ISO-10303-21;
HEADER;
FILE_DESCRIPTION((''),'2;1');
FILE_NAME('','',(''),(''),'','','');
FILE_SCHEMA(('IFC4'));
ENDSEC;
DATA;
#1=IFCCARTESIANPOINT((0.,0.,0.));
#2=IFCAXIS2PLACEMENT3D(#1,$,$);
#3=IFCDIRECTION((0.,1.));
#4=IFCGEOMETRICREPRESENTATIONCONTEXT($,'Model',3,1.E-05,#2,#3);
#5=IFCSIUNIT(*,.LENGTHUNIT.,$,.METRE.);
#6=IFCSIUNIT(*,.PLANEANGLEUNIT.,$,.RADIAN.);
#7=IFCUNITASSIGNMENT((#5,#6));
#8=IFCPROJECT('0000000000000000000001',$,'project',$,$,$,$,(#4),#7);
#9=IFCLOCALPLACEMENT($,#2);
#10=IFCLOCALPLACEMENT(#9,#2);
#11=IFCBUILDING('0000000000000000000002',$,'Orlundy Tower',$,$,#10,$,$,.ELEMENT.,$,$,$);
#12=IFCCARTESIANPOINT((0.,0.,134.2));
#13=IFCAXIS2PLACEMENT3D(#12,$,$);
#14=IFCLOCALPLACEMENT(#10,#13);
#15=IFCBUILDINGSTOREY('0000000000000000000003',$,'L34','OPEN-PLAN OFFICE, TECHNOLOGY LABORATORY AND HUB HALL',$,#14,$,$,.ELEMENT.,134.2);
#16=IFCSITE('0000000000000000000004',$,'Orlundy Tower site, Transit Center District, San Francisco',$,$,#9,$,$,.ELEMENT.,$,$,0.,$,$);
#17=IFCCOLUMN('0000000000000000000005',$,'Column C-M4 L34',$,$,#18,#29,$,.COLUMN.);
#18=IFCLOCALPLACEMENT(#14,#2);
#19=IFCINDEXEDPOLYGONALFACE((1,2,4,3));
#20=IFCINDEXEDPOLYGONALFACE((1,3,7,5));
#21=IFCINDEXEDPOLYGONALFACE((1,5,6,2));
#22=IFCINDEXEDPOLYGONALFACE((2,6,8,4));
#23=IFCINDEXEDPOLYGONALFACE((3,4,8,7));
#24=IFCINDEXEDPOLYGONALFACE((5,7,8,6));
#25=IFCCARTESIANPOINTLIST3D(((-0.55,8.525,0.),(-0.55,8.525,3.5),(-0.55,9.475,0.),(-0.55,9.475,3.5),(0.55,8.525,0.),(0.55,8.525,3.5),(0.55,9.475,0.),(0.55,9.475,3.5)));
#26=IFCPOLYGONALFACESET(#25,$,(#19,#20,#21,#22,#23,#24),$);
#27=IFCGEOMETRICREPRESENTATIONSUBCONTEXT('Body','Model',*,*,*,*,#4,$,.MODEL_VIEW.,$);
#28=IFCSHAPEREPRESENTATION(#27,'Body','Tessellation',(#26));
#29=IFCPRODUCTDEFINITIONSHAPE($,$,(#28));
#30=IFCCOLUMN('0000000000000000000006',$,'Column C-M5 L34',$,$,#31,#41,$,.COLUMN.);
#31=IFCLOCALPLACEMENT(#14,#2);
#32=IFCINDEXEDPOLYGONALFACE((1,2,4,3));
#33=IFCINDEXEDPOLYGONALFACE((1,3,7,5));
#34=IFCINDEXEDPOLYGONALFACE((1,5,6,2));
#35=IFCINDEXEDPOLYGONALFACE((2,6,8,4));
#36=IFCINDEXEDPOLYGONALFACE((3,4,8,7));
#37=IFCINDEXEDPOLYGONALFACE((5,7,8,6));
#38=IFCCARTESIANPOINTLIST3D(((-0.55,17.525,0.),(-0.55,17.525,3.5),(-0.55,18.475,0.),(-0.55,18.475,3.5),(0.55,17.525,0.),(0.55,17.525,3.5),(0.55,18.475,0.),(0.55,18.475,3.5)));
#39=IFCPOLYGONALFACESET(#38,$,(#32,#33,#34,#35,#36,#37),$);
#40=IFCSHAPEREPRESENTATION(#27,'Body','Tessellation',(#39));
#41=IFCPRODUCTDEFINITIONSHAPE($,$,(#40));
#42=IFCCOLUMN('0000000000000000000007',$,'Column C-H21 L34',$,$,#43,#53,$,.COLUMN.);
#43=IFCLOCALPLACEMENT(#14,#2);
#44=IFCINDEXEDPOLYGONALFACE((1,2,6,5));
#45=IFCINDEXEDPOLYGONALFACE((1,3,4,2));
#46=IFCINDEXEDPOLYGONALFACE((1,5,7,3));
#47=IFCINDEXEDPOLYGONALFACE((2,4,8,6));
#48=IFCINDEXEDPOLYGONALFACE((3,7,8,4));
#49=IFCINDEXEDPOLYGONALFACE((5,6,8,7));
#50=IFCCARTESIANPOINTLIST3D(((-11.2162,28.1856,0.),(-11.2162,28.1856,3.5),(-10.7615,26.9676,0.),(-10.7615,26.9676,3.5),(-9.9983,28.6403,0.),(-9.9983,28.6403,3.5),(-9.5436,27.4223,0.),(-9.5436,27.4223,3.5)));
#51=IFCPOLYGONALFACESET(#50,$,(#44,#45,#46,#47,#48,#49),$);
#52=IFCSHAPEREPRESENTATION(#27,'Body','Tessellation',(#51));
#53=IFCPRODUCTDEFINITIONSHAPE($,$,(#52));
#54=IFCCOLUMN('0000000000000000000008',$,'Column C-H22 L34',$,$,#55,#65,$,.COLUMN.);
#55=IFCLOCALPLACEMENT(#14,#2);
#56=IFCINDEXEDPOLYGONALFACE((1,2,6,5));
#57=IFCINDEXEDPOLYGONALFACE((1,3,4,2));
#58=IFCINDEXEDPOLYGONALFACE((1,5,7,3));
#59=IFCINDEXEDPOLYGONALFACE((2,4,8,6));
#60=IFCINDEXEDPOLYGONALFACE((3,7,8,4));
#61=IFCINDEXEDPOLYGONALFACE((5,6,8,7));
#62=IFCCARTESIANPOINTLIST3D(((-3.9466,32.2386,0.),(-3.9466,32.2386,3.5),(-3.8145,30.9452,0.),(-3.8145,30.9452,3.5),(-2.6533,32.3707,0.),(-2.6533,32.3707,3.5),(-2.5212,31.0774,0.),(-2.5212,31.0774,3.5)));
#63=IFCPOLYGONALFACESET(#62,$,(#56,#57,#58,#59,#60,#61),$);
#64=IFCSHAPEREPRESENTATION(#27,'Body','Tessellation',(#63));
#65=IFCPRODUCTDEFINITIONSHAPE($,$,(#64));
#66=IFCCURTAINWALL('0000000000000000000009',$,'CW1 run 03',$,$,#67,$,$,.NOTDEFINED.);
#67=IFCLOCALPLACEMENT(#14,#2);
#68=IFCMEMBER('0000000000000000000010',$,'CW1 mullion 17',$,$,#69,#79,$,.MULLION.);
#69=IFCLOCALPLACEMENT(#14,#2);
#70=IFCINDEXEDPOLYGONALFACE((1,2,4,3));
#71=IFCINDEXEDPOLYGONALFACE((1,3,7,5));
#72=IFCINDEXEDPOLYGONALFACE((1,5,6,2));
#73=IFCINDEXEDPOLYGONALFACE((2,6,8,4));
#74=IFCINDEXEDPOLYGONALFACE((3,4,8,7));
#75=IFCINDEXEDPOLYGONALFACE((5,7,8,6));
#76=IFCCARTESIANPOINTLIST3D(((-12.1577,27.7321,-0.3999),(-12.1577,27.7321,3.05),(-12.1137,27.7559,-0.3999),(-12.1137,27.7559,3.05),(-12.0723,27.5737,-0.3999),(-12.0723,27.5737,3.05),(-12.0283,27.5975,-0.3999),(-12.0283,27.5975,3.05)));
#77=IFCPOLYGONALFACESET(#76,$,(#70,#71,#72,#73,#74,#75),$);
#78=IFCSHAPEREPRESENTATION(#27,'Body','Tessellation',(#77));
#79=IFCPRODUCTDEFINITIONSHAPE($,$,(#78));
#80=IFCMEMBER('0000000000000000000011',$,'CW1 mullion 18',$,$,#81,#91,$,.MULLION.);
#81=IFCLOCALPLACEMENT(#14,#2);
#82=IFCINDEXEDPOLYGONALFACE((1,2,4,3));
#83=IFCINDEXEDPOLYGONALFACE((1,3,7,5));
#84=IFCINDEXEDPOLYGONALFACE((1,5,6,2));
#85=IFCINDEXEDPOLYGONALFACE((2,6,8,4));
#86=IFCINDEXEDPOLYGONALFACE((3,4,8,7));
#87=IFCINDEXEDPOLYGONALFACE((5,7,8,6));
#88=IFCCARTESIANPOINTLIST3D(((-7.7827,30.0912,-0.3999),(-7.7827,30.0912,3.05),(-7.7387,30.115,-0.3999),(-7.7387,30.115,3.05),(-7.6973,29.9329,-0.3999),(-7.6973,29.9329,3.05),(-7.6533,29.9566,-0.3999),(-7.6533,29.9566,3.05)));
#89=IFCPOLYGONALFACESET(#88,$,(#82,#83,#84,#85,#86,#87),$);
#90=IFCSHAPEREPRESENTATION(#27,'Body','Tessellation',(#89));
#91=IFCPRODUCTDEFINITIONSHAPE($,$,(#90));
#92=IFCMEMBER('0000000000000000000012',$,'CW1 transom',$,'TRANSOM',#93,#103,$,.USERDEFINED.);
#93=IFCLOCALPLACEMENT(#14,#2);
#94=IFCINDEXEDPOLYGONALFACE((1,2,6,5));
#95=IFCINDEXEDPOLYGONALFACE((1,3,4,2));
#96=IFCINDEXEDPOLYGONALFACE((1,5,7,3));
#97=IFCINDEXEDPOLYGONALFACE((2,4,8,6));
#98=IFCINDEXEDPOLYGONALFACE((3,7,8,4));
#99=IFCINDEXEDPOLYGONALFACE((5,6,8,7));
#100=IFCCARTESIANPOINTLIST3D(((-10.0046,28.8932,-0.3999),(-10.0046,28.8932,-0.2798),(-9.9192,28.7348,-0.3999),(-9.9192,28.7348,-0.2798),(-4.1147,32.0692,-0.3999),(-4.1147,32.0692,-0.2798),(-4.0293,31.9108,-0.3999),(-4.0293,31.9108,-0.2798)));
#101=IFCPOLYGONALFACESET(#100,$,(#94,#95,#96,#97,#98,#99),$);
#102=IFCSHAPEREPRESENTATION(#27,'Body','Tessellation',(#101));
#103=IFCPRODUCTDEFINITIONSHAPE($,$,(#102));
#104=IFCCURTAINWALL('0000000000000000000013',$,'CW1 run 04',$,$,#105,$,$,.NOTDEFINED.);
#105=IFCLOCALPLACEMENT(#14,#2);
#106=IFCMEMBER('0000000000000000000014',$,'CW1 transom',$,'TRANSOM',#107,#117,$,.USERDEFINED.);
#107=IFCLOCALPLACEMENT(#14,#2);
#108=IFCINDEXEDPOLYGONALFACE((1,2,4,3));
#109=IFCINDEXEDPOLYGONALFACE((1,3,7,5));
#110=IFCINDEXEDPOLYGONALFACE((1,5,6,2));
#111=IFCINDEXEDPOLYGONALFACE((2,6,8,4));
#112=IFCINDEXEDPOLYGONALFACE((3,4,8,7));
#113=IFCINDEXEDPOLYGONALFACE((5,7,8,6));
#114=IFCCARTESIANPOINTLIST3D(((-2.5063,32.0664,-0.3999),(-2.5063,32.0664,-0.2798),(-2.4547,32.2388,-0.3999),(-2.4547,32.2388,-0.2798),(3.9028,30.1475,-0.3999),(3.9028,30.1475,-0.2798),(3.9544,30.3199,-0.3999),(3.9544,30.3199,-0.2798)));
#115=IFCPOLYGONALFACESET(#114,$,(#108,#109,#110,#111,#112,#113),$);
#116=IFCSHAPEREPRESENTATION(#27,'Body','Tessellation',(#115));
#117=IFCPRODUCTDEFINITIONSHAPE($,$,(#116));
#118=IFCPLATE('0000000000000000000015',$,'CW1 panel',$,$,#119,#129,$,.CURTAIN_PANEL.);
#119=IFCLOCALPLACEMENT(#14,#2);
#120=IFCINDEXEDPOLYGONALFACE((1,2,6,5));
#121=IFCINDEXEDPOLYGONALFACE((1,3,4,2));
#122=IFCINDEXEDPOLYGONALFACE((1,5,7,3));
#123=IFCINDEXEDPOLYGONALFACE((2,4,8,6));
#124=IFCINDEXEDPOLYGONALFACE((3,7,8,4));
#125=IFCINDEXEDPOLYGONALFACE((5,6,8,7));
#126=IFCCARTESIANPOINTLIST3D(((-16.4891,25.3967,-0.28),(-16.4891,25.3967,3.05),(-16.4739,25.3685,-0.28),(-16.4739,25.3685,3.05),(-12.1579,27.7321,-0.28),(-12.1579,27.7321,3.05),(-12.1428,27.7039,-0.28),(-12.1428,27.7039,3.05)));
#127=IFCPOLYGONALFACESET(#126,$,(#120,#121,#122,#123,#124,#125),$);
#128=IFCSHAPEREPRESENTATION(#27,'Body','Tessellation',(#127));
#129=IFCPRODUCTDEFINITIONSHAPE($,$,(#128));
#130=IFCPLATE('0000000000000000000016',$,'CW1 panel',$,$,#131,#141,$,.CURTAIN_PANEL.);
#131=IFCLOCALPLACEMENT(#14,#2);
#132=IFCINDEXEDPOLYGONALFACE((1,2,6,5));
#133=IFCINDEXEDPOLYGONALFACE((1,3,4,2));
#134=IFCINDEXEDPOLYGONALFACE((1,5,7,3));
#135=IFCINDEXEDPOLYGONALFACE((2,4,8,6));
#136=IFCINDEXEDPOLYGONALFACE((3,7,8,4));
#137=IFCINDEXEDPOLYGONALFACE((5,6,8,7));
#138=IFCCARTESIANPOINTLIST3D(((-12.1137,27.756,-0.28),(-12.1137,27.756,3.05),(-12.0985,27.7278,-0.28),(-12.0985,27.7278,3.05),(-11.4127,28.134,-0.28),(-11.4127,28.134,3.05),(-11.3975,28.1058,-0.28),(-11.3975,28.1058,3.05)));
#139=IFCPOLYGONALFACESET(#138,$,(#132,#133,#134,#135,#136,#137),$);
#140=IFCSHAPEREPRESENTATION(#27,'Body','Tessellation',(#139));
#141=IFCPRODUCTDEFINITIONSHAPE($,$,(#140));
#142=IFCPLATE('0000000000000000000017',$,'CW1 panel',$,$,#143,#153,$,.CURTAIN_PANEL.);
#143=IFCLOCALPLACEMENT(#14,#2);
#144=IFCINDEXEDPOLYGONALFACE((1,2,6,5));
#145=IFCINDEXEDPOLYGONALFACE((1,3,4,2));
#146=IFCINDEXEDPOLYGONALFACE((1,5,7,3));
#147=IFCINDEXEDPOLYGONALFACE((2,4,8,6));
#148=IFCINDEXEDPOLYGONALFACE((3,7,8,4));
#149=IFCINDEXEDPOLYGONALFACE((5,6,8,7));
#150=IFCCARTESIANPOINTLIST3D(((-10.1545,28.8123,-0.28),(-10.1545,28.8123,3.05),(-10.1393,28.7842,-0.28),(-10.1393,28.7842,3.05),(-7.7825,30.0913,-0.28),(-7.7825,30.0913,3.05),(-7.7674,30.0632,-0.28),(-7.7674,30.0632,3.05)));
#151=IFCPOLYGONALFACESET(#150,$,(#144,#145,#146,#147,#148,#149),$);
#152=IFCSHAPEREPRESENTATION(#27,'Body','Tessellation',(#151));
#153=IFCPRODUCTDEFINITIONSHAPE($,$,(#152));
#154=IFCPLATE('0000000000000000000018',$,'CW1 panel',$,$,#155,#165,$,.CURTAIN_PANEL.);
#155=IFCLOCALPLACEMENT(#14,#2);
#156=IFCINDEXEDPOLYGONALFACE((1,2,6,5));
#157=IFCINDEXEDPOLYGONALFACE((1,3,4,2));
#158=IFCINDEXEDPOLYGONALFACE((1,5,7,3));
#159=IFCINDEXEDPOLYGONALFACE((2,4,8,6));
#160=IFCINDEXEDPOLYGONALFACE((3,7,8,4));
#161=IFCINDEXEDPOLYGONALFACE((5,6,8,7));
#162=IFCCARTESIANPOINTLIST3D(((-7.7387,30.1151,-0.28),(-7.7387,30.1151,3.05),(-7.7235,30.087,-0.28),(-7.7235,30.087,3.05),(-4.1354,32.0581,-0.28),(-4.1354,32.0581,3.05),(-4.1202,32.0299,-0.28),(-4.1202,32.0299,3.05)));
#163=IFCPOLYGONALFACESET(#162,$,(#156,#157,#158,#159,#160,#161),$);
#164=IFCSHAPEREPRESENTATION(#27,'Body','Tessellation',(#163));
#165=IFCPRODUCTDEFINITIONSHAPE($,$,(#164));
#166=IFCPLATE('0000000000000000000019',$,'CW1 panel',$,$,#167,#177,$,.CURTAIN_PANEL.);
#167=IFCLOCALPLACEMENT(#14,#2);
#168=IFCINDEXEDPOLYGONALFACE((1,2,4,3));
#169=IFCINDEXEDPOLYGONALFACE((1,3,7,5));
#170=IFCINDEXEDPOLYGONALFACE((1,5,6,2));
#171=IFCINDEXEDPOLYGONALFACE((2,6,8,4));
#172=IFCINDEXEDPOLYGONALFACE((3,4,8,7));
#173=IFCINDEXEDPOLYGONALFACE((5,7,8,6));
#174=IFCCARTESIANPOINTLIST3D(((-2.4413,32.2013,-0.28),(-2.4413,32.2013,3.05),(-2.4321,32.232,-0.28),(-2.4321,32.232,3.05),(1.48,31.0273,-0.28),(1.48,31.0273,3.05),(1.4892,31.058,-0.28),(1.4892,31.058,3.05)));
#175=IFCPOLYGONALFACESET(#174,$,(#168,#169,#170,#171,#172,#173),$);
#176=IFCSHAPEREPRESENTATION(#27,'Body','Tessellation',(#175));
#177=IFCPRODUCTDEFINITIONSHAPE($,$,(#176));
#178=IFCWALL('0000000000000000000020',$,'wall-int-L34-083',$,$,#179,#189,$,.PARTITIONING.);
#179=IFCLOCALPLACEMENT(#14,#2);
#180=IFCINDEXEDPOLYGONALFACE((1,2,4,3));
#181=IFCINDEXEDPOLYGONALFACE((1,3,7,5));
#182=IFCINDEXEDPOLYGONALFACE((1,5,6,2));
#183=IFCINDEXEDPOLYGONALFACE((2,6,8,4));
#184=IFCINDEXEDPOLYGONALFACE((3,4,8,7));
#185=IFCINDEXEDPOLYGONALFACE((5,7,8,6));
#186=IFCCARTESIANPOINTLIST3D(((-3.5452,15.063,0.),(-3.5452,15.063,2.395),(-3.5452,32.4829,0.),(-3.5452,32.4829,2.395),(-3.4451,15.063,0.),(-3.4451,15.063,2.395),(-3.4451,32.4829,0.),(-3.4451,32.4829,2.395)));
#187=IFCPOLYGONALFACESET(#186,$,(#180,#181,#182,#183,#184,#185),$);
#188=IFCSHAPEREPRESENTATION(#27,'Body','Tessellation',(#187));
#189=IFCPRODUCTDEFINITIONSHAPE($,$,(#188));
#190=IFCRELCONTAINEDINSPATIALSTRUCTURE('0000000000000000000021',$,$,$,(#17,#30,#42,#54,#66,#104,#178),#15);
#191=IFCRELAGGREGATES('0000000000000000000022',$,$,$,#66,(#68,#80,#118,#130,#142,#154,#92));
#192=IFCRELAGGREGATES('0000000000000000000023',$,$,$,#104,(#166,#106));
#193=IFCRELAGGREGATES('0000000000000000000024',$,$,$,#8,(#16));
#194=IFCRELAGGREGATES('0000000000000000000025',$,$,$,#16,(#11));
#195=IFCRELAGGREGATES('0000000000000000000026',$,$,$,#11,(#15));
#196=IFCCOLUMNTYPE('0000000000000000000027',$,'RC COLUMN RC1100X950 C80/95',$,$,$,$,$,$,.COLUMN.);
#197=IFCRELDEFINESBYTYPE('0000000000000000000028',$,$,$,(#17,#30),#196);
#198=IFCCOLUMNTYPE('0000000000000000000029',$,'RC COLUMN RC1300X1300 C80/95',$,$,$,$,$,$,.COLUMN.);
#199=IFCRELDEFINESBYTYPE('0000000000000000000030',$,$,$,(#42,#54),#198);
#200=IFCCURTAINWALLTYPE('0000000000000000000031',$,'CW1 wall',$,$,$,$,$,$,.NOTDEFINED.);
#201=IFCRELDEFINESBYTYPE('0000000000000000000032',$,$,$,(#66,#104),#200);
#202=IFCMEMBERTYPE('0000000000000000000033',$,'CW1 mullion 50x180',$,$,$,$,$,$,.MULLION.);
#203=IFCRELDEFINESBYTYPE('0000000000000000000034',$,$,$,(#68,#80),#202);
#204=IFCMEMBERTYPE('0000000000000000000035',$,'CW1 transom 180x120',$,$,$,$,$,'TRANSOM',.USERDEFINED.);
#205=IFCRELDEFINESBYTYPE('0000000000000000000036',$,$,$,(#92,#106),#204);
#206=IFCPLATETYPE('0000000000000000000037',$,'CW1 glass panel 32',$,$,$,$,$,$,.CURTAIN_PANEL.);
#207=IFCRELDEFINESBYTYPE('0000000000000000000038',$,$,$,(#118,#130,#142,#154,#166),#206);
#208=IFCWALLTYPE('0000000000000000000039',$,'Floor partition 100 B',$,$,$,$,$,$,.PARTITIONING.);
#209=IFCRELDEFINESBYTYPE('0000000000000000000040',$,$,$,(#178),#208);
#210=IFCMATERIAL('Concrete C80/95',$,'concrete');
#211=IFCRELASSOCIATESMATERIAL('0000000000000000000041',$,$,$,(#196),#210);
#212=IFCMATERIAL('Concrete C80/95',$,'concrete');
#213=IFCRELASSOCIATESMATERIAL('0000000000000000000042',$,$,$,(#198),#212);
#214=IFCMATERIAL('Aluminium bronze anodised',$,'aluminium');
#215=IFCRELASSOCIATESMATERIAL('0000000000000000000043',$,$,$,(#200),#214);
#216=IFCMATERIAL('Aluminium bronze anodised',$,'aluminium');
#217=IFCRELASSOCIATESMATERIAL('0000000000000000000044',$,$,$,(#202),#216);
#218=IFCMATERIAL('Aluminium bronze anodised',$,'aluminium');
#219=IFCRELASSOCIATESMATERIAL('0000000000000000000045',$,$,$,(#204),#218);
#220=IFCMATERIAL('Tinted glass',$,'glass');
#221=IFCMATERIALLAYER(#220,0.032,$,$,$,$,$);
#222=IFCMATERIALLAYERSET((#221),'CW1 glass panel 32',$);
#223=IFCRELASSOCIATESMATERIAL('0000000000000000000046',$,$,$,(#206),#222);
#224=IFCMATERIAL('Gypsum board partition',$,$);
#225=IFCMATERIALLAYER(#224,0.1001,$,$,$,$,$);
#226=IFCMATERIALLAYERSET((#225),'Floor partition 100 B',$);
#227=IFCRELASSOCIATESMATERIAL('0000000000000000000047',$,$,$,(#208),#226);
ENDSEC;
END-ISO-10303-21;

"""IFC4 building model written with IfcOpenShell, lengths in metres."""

from ifc_helpers import new_model, si_unit, direction, frame, frame_2d, origin, origin_2d, place, context, subcontext, project, spatial, rectangle, extrude, material, layer, layer_set, material_profile, profile_set, type_object, element, aggregate, save


model = new_model("IFC4")

# Units and contexts
model_context = context("Model", 3, precision=1e-05, world=origin(), true_north=direction((0.0, 1.0)))
body_context = subcontext(model_context, "Body", "Model", "MODEL_VIEW")
ifc_project = project(units=[si_unit("LENGTHUNIT", "METRE"), si_unit("PLANEANGLEUNIT", "RADIAN")], contexts=[model_context])

# Site, building, storey
site_placement = place(None, origin())
site = spatial("IfcSite", under=ifc_project, at=site_placement, Name="Orlundy Tower site, Transit Center District, San Francisco", CompositionType="ELEMENT", RefElevation=0.0)
building_placement = place(site_placement, origin())
building = spatial("IfcBuilding", under=site, at=building_placement, Name="Orlundy Tower", CompositionType="ELEMENT")
storey_placement = place(building_placement, frame((0.0, 0.0, 134.2)))
storey = spatial("IfcBuildingStorey", under=building, at=storey_placement, Name="L34", Description="OPEN-PLAN OFFICE, TECHNOLOGY LABORATORY AND HUB HALL", CompositionType="ELEMENT", Elevation=134.2)

# Columns
ifc_material_1 = material(Name="Concrete C80/95", Category="concrete")
ifc_material_profile_1 = material_profile(ifc_material_1, rectangle(XDim=1.1001, YDim=0.95, at=origin_2d()), Name="RC1100X950")
ifc_profile_set_1 = profile_set([ifc_material_profile_1], Name="Concrete C80/95")
column_type_1 = type_object("IfcColumnType", Name="RC COLUMN RC1100X950 C80/95", PredefinedType="COLUMN", material=ifc_profile_set_1)
for number, where, z_axis, x_axis, name in (
    (1, (0.0, 9.0, 0.0), (0.0, 0.0, 1.0), (1.0, 0.0, 0.0), "Column C-M4 L34"),
    (2, (0.0, 18.0, 0.0), (0.0, 0.0, 1.0), (1.0, 0.0, 0.0), "Column C-M5 L34"),
):
    element("IfcColumn", number, at=place(storey_placement, frame(where, z_axis=z_axis, x_axis=x_axis)), inside=storey, type_object=column_type_1, Name=name, PredefinedType="COLUMN", context=body_context, shape_type="SweptSolid", body=[
        extrude(rectangle(XDim=1.1001, YDim=0.95, at=origin_2d()), origin(), (0.0, 0.0, 1.0), 3.5),
    ])
ifc_material_2 = material(Name="Concrete C80/95", Category="concrete")
ifc_material_profile_2 = material_profile(ifc_material_2, rectangle(XDim=1.3, YDim=1.3, at=origin_2d()), Name="RC1300X1300")
ifc_profile_set_2 = profile_set([ifc_material_profile_2], Name="Concrete C80/95")
column_type_2 = type_object("IfcColumnType", Name="RC COLUMN RC1300X1300 C80/95", PredefinedType="COLUMN", material=ifc_profile_set_2)
for number, where, z_axis, x_axis, name in (
    (3, (-10.3799, 27.804, 0.0), (0.0, 0.0, 1.0), (-0.34975, 0.936843, 0.0), "Column C-H21 L34"),
    (4, (-3.2339, 31.658, 0.0), (0.0, 0.0, 1.0), (-0.101629, 0.994822, 0.0), "Column C-H22 L34"),
):
    element("IfcColumn", number, at=place(storey_placement, frame(where, z_axis=z_axis, x_axis=x_axis)), inside=storey, type_object=column_type_2, Name=name, PredefinedType="COLUMN", context=body_context, shape_type="SweptSolid", body=[
        extrude(rectangle(XDim=1.3, YDim=1.3, at=origin_2d()), origin(), (0.0, 0.0, 1.0), 3.5),
    ])

# Curtain wall, members
ifc_material_3 = material(Name="Aluminium bronze anodised", Category="aluminium")
curtain_wall_type = type_object("IfcCurtainWallType", Name="CW1 wall", PredefinedType="NOTDEFINED", material=ifc_material_3)
curtain_wall_1_placement = place(storey_placement, origin())
curtain_wall_1 = element("IfcCurtainWall", 5, at=curtain_wall_1_placement, inside=storey, type_object=curtain_wall_type, Name="CW1 run 03", PredefinedType="NOTDEFINED")
ifc_material_4 = material(Name="Aluminium bronze anodised", Category="aluminium")
ifc_material_profile_3 = material_profile(ifc_material_4, rectangle(XDim=0.1799, YDim=0.05, at=origin_2d()), Name="CW1 mullion 50x180")
ifc_profile_set_3 = profile_set([ifc_material_profile_3], Name="Aluminium bronze anodised")
member_type_1 = type_object("IfcMemberType", Name="CW1 mullion 50x180", PredefinedType="MULLION", material=ifc_profile_set_3)
member_1_placement = place(storey_placement, frame((-12.093, 27.6648, -0.3999), z_axis=(0.0, 0.0, 1.0), x_axis=(-0.474618, 0.880192, 0.0)))
member_1 = element("IfcMember", 6, at=member_1_placement, type_object=member_type_1, Name="CW1 mullion 17", PredefinedType="MULLION", context=body_context, shape_type="SweptSolid", body=[
    extrude(rectangle(XDim=0.1799, YDim=0.05, at=origin_2d()), origin(), (0.0, 0.0, 1.0), 3.45),
])
member_2_placement = place(storey_placement, frame((-7.718, 30.0239, -0.3999), z_axis=(0.0, 0.0, 1.0), x_axis=(-0.474618, 0.880192, 0.0)))
member_2 = element("IfcMember", 7, at=member_2_placement, type_object=member_type_1, Name="CW1 mullion 18", PredefinedType="MULLION", context=body_context, shape_type="SweptSolid", body=[
    extrude(rectangle(XDim=0.1799, YDim=0.05, at=origin_2d()), origin(), (0.0, 0.0, 1.0), 3.45),
])
ifc_material_5 = material(Name="Aluminium bronze anodised", Category="aluminium")
ifc_material_profile_4 = material_profile(ifc_material_5, rectangle(XDim=0.1799, YDim=0.1201, at=origin_2d()), Name="CW1 transom 180x120")
ifc_profile_set_4 = profile_set([ifc_material_profile_4], Name="Aluminium bronze anodised")
member_type_2 = type_object("IfcMemberType", Name="CW1 transom 180x120", ElementType="TRANSOM", PredefinedType="USERDEFINED", material=ifc_profile_set_4)
member_3_placement = place(storey_placement, frame((-9.9619, 28.814, -0.3398), z_axis=(0.880187, 0.474626, 0.0), x_axis=(-0.474626, 0.880187, 0.0)))
member_3 = element("IfcMember", 8, at=member_3_placement, type_object=member_type_2, Name="CW1 transom", ObjectType="TRANSOM", PredefinedType="USERDEFINED", context=body_context, shape_type="SweptSolid", body=[
    extrude(rectangle(XDim=0.1799, YDim=0.1201, at=origin_2d()), origin(), (0.0, 0.0, 1.0), 6.6917),
])

# Curtain wall, member
curtain_wall_2_placement = place(storey_placement, origin())
curtain_wall_2 = element("IfcCurtainWall", 9, at=curtain_wall_2_placement, inside=storey, type_object=curtain_wall_type, Name="CW1 run 04", PredefinedType="NOTDEFINED")
member_4_placement = place(storey_placement, frame((-2.4805, 32.1526, -0.3398), z_axis=(0.957983, -0.286826, 0.0), x_axis=(0.286826, 0.957983, 0.0)))
member_4 = element("IfcMember", 10, at=member_4_placement, type_object=member_type_2, Name="CW1 transom", ObjectType="TRANSOM", PredefinedType="USERDEFINED", context=body_context, shape_type="SweptSolid", body=[
    extrude(rectangle(XDim=0.1799, YDim=0.1201, at=origin_2d()), origin(), (0.0, 0.0, 1.0), 6.6902),
])

# Plates
ifc_material_6 = material(Name="Tinted glass", Category="glass")
ifc_layer_1 = layer(ifc_material_6, 0.032)
ifc_layer_set_1 = layer_set([ifc_layer_1], Name="CW1 glass panel 32")
plate_type = type_object("IfcPlateType", Name="CW1 glass panel 32", PredefinedType="CURTAIN_PANEL", material=ifc_layer_set_1)
plate_1_placement = place(storey_placement, frame((-14.3159, 26.5503, -0.28), z_axis=(0.0, 0.0, 1.0), x_axis=(0.880192, 0.474618, 0.0)))
plate_1 = element("IfcPlate", 11, at=plate_1_placement, type_object=plate_type, Name="CW1 panel", PredefinedType="CURTAIN_PANEL", context=body_context, shape_type="SweptSolid", body=[
    extrude(rectangle(XDim=4.9207, YDim=0.032, at=origin_2d()), origin(), (0.0, 0.0, 1.0), 3.3301),
])
plate_2_placement = place(storey_placement, frame((-11.7556, 27.9309, -0.28), z_axis=(0.0, 0.0, 1.0), x_axis=(0.880192, 0.474618, 0.0)))
plate_2 = element("IfcPlate", 12, at=plate_2_placement, type_object=plate_type, Name="CW1 panel", PredefinedType="CURTAIN_PANEL", context=body_context, shape_type="SweptSolid", body=[
    extrude(rectangle(XDim=0.7964, YDim=0.032, at=origin_2d()), origin(), (0.0, 0.0, 1.0), 3.3301),
])
plate_3_placement = place(storey_placement, frame((-8.9609, 29.4377, -0.28), z_axis=(0.0, 0.0, 1.0), x_axis=(0.880192, 0.474618, 0.0)))
plate_3 = element("IfcPlate", 13, at=plate_3_placement, type_object=plate_type, Name="CW1 panel", PredefinedType="CURTAIN_PANEL", context=body_context, shape_type="SweptSolid", body=[
    extrude(rectangle(XDim=2.6948, YDim=0.032, at=origin_2d()), origin(), (0.0, 0.0, 1.0), 3.3301),
])
plate_4_placement = place(storey_placement, frame((-5.9294, 31.0725, -0.28), z_axis=(0.0, 0.0, 1.0), x_axis=(0.880192, 0.474618, 0.0)))
plate_4 = element("IfcPlate", 14, at=plate_4_placement, type_object=plate_type, Name="CW1 panel", PredefinedType="CURTAIN_PANEL", context=body_context, shape_type="SweptSolid", body=[
    extrude(rectangle(XDim=4.0938, YDim=0.032, at=origin_2d()), origin(), (0.0, 0.0, 1.0), 3.3301),
])
aggregate(curtain_wall_1, [member_1, member_2, plate_1, plate_2, plate_3, plate_4, member_3])
plate_5_placement = place(storey_placement, frame((-0.4761, 31.6296, -0.28), z_axis=(0.0, 0.0, 1.0), x_axis=(0.957986, -0.286816, 0.0)))
plate_5 = element("IfcPlate", 15, at=plate_5_placement, type_object=plate_type, Name="CW1 panel", PredefinedType="CURTAIN_PANEL", context=body_context, shape_type="SweptSolid", body=[
    extrude(rectangle(XDim=4.0933, YDim=0.032, at=origin_2d()), origin(), (0.0, 0.0, 1.0), 3.3301),
])
aggregate(curtain_wall_2, [plate_5, member_4])

# Wall
ifc_material_7 = material(Name="Gypsum board partition")
ifc_layer_2 = layer(ifc_material_7, 0.1001)
ifc_layer_set_2 = layer_set([ifc_layer_2], Name="Floor partition 100 B")
wall_type_1 = type_object("IfcWallType", Name="Floor partition 100 B", PredefinedType="PARTITIONING", material=ifc_layer_set_2)
wall_1_placement = place(storey_placement, frame((-3.4951, 15.063, 0.0), z_axis=(0.0, 0.0, 1.0), x_axis=(0.0, 1.0, 0.0)))
element("IfcWall", 16, at=wall_1_placement, inside=storey, type_object=wall_type_1, Name="wall-int-L34-083", PredefinedType="PARTITIONING", context=body_context, shape_type="SweptSolid", body=[
    extrude(rectangle(XDim=17.4199, YDim=0.1001, at=frame_2d((8.71, 0.0))), origin(), (0.0, 0.0, 1.0), 2.395),
])

save(model, "model.ifc")
